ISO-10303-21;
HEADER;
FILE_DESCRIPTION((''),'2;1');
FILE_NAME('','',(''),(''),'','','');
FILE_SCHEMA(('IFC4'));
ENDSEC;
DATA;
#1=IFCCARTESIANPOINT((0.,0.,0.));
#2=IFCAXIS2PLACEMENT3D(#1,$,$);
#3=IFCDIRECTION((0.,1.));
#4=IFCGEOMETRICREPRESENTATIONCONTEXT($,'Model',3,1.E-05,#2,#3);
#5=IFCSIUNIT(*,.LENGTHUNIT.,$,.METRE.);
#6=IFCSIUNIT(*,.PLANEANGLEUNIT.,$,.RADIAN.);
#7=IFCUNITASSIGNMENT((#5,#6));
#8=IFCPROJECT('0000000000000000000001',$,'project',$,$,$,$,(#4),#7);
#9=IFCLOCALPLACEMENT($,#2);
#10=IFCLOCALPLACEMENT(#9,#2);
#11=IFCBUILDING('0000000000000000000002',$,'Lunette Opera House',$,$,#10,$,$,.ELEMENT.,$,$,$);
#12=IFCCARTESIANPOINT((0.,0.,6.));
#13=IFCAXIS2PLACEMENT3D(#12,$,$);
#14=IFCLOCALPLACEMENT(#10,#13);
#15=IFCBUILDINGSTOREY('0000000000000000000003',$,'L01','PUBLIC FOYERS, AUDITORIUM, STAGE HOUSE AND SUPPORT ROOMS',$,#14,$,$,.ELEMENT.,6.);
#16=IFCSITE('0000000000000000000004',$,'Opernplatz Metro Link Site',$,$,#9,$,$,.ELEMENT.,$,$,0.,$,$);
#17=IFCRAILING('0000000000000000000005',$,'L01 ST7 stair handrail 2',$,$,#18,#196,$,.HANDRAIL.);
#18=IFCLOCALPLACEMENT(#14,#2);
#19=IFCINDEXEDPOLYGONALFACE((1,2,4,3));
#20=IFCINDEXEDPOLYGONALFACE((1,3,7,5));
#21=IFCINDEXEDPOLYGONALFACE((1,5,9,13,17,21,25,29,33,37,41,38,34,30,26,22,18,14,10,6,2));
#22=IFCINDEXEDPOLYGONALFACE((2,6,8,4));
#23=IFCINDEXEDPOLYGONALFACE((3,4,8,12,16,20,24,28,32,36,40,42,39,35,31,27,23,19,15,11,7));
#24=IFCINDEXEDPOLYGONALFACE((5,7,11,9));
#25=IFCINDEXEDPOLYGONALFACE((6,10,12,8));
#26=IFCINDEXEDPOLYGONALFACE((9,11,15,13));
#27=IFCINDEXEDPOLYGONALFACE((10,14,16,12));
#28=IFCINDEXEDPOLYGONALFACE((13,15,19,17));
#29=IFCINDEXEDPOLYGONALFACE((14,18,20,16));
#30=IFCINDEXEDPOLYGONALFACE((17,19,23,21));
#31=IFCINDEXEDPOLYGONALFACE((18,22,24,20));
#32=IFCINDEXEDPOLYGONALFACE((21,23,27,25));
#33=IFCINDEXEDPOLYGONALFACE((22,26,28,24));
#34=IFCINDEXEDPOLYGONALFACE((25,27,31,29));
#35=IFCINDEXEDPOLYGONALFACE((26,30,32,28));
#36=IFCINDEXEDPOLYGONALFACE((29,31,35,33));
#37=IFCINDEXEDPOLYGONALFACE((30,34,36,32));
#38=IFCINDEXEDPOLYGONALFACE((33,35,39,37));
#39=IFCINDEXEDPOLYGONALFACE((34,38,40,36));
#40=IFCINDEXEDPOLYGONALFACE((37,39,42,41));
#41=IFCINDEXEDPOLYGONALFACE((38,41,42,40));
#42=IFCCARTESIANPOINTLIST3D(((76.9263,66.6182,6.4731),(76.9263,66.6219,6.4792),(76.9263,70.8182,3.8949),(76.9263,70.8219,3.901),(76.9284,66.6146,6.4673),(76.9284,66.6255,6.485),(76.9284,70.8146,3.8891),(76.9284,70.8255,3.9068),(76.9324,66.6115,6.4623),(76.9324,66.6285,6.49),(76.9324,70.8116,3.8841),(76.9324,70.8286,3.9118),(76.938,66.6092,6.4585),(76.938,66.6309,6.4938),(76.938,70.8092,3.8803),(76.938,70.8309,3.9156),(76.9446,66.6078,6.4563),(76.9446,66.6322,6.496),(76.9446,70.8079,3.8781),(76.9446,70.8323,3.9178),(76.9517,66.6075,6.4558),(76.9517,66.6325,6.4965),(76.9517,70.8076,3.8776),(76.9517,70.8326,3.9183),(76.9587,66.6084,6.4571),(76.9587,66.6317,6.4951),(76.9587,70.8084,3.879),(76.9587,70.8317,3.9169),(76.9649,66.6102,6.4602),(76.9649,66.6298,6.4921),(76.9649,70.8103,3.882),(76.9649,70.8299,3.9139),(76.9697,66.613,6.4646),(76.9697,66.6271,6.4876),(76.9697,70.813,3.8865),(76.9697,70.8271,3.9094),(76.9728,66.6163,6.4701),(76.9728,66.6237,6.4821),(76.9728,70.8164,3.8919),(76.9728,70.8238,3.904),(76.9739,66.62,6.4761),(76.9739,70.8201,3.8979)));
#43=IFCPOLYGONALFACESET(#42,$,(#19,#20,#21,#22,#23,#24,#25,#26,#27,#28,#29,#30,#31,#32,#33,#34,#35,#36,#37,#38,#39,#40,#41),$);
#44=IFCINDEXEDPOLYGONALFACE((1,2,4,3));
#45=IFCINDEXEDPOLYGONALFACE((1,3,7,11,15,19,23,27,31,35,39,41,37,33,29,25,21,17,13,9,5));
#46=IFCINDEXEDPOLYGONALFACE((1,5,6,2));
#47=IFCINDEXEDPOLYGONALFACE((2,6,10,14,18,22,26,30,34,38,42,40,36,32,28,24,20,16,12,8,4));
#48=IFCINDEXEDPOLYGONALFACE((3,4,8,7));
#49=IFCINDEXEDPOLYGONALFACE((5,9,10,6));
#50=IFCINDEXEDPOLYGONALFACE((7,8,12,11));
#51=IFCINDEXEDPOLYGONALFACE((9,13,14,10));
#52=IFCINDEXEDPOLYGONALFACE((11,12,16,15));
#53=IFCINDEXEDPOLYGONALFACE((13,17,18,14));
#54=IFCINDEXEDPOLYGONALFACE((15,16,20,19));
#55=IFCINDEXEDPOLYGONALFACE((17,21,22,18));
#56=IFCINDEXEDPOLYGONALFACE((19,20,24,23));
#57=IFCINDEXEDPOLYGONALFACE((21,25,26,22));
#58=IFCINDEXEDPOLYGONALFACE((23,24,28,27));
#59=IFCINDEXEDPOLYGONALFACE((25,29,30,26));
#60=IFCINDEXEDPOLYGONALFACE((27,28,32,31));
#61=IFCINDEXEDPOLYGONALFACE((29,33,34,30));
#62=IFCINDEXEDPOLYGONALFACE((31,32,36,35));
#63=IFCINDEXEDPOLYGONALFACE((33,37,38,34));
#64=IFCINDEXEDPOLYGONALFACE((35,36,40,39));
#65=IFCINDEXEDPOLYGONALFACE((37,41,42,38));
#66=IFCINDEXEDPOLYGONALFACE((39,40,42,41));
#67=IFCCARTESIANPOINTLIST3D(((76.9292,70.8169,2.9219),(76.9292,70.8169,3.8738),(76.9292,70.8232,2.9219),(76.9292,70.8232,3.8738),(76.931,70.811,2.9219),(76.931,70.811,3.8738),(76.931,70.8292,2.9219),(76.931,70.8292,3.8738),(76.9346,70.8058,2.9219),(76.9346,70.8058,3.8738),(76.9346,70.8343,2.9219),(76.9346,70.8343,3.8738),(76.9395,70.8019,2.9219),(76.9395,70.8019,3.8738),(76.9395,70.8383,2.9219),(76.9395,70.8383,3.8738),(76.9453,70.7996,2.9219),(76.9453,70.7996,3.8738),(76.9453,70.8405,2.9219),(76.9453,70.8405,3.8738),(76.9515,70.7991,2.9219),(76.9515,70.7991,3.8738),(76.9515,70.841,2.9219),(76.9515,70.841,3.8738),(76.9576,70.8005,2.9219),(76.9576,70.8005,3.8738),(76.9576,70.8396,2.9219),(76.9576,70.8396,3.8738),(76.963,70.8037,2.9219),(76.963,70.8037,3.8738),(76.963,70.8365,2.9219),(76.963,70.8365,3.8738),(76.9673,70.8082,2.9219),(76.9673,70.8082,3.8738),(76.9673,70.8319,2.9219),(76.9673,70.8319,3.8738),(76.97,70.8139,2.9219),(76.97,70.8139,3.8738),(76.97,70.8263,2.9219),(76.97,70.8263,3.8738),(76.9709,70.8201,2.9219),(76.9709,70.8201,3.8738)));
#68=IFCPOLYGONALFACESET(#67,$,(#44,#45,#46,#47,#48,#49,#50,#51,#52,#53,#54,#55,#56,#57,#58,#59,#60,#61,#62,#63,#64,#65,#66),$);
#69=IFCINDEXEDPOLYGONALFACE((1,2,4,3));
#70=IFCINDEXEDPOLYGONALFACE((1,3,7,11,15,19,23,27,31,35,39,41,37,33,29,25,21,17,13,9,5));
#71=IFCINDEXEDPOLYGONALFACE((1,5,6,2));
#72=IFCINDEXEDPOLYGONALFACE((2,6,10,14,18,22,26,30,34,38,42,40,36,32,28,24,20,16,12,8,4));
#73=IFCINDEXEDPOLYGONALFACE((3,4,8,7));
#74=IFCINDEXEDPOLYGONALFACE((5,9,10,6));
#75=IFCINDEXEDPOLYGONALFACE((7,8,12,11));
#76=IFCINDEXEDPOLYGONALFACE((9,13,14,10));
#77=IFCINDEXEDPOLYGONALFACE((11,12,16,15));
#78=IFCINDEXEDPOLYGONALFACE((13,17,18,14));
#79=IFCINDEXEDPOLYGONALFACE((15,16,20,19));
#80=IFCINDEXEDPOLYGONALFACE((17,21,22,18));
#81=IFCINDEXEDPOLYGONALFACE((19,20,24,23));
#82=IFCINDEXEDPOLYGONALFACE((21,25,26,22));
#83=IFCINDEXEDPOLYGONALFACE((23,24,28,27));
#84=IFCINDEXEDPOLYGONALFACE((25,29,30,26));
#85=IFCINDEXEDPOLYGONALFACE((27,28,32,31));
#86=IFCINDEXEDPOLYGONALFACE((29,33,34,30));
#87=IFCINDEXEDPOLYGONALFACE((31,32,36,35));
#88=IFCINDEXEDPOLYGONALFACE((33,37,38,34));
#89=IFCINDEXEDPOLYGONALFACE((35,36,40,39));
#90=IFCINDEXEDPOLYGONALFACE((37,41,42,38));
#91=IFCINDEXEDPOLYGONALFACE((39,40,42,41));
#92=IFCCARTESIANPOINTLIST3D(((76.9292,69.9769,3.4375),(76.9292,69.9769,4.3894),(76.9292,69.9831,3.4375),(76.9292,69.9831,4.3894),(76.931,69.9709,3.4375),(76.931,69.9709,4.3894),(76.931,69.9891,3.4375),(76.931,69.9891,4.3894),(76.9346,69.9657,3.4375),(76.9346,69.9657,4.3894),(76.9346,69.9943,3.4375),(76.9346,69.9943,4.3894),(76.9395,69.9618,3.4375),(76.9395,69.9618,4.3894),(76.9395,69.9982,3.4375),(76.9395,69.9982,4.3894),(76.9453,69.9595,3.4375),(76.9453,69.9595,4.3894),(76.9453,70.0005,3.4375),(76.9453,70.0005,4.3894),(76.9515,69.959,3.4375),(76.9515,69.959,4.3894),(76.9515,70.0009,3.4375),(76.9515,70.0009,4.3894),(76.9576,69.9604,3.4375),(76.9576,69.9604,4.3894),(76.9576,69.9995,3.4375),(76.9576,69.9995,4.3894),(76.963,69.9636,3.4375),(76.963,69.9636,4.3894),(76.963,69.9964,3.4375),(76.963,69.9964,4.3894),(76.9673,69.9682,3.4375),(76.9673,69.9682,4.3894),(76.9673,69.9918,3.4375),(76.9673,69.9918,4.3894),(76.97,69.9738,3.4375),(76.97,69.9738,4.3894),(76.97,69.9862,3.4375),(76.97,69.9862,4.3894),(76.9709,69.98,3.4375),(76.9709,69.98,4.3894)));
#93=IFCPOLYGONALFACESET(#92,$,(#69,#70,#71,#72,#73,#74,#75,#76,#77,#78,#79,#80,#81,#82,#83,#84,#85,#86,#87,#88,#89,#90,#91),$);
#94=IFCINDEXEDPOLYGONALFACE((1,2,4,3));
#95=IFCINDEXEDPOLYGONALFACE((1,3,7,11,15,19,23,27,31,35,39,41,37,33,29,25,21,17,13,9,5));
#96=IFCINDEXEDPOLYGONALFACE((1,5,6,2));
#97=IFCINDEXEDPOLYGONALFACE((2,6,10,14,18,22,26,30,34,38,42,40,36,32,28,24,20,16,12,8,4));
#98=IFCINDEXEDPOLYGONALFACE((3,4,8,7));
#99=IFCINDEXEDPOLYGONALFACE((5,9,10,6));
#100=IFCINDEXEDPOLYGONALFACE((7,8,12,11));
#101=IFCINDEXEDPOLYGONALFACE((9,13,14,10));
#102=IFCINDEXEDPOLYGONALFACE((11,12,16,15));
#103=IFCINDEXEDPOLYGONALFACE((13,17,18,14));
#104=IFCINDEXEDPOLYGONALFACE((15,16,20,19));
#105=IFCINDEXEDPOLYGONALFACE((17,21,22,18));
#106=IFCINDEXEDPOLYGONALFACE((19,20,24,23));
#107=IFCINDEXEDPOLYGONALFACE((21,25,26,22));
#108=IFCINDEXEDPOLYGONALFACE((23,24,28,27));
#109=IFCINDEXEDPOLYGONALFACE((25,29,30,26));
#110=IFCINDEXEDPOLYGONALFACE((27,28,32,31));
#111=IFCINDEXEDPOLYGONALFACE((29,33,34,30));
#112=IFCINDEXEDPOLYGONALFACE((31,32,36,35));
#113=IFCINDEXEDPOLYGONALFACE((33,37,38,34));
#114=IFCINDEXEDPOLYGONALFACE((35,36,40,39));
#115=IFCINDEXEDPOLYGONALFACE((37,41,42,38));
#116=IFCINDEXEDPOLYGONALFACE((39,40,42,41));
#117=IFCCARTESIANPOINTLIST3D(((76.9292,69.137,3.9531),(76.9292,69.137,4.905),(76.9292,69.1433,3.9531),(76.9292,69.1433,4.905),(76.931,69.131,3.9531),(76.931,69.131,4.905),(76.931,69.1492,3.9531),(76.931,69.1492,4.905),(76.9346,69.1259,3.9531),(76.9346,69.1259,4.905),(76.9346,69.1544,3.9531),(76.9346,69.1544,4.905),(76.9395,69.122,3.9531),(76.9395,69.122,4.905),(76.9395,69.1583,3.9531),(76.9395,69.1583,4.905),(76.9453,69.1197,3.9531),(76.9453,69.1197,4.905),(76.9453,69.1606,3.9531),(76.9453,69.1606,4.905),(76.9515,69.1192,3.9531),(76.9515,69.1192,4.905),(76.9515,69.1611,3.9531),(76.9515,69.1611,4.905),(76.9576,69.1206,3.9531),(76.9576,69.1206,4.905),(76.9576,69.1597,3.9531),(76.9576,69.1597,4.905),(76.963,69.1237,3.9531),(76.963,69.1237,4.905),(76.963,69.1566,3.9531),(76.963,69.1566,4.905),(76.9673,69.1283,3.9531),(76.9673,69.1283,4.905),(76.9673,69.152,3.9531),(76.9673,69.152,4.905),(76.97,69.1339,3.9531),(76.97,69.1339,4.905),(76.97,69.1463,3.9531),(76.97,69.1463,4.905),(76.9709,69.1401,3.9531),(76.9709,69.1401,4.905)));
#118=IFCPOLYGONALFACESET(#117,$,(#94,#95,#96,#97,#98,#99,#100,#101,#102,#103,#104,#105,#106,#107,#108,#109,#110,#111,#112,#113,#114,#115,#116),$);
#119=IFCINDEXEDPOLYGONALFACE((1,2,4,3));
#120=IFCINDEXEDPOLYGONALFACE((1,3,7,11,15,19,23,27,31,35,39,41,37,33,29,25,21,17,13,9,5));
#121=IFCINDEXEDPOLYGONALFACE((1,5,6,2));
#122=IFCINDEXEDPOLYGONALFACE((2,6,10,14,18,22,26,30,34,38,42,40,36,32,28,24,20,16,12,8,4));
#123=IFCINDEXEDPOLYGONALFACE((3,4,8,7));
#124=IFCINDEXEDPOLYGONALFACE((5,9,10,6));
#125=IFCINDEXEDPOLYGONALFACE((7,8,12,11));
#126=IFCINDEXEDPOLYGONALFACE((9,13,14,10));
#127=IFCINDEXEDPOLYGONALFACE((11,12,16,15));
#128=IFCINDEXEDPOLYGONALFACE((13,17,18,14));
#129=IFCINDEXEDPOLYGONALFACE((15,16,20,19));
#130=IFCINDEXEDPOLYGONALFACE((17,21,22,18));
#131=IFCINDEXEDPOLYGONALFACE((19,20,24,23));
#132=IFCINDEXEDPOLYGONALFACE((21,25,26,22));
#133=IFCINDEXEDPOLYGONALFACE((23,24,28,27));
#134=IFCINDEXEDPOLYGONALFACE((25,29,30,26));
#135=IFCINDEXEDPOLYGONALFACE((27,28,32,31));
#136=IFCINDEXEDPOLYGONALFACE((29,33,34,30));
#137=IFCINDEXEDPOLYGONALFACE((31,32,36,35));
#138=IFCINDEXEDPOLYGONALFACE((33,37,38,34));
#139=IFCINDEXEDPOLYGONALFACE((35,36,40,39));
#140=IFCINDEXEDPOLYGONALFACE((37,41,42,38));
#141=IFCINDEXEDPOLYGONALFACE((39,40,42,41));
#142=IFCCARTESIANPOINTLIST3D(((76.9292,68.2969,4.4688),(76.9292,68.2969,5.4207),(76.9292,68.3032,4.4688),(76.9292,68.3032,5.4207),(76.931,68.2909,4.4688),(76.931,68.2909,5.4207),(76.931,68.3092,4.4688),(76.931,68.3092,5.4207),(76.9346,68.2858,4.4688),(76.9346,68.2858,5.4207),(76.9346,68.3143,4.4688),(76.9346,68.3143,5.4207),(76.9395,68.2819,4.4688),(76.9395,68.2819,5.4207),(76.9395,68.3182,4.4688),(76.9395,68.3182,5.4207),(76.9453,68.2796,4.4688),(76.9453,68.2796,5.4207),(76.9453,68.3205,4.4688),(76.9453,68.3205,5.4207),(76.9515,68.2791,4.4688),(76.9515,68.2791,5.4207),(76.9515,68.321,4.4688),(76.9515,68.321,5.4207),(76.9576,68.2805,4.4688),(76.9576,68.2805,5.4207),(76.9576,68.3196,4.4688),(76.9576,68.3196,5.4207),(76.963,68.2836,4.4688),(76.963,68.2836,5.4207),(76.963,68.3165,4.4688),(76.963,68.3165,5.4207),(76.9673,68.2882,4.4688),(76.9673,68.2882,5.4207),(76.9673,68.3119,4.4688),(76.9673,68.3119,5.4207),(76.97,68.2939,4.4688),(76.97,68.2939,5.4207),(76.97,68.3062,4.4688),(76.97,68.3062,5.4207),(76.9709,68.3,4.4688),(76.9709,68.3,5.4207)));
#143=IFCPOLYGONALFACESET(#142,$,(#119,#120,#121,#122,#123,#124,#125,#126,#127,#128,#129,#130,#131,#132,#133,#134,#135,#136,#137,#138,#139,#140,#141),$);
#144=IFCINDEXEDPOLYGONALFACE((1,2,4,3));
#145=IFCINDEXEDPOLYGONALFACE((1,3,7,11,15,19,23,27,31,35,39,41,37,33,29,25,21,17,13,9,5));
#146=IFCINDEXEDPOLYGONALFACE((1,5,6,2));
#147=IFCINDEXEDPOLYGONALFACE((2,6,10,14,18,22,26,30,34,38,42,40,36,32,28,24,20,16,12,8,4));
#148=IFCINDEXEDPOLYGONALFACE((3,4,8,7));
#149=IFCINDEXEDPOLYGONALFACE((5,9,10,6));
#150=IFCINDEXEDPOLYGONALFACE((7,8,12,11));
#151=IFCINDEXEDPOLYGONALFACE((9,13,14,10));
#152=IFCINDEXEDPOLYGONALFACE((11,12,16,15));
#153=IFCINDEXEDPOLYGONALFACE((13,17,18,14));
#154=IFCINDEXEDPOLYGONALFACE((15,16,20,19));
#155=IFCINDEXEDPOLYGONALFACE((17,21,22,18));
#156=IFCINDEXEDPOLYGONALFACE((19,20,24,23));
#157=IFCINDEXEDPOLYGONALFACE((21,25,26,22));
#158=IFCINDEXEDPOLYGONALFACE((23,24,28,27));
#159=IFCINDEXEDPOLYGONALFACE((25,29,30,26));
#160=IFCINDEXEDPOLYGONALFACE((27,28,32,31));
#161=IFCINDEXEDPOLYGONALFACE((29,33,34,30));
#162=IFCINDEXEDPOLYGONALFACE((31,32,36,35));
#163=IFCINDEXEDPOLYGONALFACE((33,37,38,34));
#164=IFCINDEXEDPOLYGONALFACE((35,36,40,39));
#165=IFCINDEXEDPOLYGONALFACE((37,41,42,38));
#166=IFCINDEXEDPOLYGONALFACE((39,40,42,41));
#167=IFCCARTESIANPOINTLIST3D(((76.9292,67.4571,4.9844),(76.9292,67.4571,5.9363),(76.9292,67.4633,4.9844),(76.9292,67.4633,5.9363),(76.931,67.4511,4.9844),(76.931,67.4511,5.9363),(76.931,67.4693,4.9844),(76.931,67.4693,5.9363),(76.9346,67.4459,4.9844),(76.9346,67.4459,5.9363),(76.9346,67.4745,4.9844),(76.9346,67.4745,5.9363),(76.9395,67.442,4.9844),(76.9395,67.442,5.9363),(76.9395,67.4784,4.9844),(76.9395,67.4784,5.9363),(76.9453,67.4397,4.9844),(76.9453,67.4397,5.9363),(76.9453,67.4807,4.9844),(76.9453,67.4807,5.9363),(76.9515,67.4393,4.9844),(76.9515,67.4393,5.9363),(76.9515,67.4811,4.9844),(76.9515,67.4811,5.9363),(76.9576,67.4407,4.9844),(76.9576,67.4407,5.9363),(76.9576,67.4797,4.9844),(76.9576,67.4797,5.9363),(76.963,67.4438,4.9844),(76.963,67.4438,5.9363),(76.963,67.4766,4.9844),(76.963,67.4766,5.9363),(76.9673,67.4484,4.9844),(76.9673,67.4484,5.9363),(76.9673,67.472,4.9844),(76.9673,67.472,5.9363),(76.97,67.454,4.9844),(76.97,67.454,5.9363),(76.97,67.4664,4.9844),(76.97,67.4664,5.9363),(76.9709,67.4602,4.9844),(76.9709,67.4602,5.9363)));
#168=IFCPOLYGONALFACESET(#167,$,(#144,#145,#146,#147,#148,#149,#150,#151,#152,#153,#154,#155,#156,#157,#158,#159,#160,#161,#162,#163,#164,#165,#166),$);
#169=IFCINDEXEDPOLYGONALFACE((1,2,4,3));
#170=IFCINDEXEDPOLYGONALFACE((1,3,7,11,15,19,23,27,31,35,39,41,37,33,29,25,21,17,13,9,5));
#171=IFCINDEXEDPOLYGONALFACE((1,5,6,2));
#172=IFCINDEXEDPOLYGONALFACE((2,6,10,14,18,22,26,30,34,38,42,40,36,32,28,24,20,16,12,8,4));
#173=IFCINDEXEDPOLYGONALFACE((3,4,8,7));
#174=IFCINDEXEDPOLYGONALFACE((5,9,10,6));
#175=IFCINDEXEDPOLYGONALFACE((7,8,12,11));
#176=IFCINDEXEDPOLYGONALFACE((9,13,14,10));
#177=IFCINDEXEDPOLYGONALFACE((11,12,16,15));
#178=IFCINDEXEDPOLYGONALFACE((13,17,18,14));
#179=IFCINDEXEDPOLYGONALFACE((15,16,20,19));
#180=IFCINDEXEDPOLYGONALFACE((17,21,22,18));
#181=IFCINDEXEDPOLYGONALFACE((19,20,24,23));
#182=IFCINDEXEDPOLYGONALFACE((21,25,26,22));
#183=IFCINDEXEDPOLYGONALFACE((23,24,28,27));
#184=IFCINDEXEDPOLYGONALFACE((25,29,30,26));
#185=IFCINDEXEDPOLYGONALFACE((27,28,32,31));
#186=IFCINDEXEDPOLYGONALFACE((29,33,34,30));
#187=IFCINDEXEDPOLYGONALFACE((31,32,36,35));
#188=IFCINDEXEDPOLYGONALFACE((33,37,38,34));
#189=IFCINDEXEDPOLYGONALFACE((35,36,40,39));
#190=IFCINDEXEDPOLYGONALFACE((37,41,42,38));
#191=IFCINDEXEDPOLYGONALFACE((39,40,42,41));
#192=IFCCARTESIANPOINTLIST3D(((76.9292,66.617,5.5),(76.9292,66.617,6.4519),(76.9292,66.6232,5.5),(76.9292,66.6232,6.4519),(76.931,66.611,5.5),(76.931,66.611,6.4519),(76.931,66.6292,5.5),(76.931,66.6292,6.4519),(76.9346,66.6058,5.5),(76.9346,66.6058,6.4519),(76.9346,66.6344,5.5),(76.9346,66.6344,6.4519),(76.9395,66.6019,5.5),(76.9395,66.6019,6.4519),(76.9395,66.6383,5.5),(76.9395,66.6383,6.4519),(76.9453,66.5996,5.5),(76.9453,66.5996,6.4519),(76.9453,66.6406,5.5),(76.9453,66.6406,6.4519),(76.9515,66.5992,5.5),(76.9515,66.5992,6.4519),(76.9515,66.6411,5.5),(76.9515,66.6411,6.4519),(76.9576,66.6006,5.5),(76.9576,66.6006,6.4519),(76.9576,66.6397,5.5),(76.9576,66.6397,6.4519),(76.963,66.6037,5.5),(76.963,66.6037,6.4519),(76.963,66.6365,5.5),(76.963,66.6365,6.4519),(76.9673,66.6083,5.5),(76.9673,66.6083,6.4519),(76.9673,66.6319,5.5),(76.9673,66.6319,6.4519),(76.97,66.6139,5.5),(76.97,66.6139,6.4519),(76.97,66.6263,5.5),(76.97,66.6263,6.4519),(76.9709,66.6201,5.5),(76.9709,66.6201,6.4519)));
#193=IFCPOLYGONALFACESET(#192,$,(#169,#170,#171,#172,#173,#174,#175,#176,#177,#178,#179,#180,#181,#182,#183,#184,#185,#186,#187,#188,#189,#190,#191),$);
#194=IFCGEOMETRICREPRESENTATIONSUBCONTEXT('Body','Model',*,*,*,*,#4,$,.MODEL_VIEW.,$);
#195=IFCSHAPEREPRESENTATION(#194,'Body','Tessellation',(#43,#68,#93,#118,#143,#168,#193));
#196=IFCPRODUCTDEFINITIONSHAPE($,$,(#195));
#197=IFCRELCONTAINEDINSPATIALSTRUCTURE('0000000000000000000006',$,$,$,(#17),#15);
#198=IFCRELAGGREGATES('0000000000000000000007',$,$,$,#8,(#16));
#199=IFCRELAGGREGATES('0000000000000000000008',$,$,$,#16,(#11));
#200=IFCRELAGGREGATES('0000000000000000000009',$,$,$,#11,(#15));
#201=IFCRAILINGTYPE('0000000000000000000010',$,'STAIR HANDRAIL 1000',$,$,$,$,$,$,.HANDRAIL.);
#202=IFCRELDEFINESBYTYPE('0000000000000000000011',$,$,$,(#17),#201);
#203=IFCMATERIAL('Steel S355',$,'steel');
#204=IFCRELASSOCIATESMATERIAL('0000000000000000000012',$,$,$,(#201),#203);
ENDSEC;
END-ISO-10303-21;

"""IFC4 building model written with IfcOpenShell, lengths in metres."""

from ifc_helpers import new_model, si_unit, direction, frame, origin, origin_2d, place, context, subcontext, project, spatial, circle, extrude, material, type_object, element, save


model = new_model("IFC4")

# Units and contexts
model_context = context("Model", 3, precision=1e-05, world=origin(), true_north=direction((0.0, 1.0)))
body_context = subcontext(model_context, "Body", "Model", "MODEL_VIEW")
ifc_project = project(units=[si_unit("LENGTHUNIT", "METRE"), si_unit("PLANEANGLEUNIT", "RADIAN")], contexts=[model_context])

# Site, building, storey
site_placement = place(None, origin())
site = spatial("IfcSite", under=ifc_project, at=site_placement, Name="Opernplatz Metro Link Site", CompositionType="ELEMENT", RefElevation=0.0)
building_placement = place(site_placement, origin())
building = spatial("IfcBuilding", under=site, at=building_placement, Name="Lunette Opera House", CompositionType="ELEMENT")
storey_placement = place(building_placement, frame((0.0, 0.0, 6.0)))
storey = spatial("IfcBuildingStorey", under=building, at=storey_placement, Name="L01", Description="PUBLIC FOYERS, AUDITORIUM, STAGE HOUSE AND SUPPORT ROOMS", CompositionType="ELEMENT", Elevation=6.0)

# Railing
ifc_material_1 = material(Name="Steel S355", Category="steel")
railing_type_1 = type_object("IfcRailingType", Name="STAIR HANDRAIL 1000", PredefinedType="HANDRAIL", material=ifc_material_1)
railing_1_placement = place(storey_placement, frame((76.95, 70.8201, 2.9219)))
element("IfcRailing", 1, at=railing_1_placement, inside=storey, type_object=railing_type_1, Name="L01 ST7 stair handrail 2", PredefinedType="HANDRAIL", context=body_context, shape_type="SweptSolid", body=[
    extrude(circle(Radius=0.0239, at=origin_2d()), frame((0.0, 0.0, 0.9761), z_axis=(0.0, -0.852243, 0.523146), x_axis=(1.0, 0.0, 0.0)), (0.0, 0.0, 1.0), 4.9282),
    extrude(circle(Radius=0.021, at=origin_2d()), origin(), (0.0, 0.0, 1.0), 0.9519),
    extrude(circle(Radius=0.021, at=origin_2d()), frame((0.0, -0.8401, 0.5156)), (0.0, 0.0, 1.0), 0.9519),
    extrude(circle(Radius=0.021, at=origin_2d()), frame((0.0, -1.6799, 1.0312)), (0.0, 0.0, 1.0), 0.9519),
    extrude(circle(Radius=0.021, at=origin_2d()), frame((0.0, -2.52, 1.5469)), (0.0, 0.0, 1.0), 0.9519),
    extrude(circle(Radius=0.021, at=origin_2d()), frame((0.0, -3.3599, 2.0625)), (0.0, 0.0, 1.0), 0.9519),
    extrude(circle(Radius=0.021, at=origin_2d()), frame((0.0, -4.2, 2.5781)), (0.0, 0.0, 1.0), 0.9519),
])

save(model, "model.ifc")
